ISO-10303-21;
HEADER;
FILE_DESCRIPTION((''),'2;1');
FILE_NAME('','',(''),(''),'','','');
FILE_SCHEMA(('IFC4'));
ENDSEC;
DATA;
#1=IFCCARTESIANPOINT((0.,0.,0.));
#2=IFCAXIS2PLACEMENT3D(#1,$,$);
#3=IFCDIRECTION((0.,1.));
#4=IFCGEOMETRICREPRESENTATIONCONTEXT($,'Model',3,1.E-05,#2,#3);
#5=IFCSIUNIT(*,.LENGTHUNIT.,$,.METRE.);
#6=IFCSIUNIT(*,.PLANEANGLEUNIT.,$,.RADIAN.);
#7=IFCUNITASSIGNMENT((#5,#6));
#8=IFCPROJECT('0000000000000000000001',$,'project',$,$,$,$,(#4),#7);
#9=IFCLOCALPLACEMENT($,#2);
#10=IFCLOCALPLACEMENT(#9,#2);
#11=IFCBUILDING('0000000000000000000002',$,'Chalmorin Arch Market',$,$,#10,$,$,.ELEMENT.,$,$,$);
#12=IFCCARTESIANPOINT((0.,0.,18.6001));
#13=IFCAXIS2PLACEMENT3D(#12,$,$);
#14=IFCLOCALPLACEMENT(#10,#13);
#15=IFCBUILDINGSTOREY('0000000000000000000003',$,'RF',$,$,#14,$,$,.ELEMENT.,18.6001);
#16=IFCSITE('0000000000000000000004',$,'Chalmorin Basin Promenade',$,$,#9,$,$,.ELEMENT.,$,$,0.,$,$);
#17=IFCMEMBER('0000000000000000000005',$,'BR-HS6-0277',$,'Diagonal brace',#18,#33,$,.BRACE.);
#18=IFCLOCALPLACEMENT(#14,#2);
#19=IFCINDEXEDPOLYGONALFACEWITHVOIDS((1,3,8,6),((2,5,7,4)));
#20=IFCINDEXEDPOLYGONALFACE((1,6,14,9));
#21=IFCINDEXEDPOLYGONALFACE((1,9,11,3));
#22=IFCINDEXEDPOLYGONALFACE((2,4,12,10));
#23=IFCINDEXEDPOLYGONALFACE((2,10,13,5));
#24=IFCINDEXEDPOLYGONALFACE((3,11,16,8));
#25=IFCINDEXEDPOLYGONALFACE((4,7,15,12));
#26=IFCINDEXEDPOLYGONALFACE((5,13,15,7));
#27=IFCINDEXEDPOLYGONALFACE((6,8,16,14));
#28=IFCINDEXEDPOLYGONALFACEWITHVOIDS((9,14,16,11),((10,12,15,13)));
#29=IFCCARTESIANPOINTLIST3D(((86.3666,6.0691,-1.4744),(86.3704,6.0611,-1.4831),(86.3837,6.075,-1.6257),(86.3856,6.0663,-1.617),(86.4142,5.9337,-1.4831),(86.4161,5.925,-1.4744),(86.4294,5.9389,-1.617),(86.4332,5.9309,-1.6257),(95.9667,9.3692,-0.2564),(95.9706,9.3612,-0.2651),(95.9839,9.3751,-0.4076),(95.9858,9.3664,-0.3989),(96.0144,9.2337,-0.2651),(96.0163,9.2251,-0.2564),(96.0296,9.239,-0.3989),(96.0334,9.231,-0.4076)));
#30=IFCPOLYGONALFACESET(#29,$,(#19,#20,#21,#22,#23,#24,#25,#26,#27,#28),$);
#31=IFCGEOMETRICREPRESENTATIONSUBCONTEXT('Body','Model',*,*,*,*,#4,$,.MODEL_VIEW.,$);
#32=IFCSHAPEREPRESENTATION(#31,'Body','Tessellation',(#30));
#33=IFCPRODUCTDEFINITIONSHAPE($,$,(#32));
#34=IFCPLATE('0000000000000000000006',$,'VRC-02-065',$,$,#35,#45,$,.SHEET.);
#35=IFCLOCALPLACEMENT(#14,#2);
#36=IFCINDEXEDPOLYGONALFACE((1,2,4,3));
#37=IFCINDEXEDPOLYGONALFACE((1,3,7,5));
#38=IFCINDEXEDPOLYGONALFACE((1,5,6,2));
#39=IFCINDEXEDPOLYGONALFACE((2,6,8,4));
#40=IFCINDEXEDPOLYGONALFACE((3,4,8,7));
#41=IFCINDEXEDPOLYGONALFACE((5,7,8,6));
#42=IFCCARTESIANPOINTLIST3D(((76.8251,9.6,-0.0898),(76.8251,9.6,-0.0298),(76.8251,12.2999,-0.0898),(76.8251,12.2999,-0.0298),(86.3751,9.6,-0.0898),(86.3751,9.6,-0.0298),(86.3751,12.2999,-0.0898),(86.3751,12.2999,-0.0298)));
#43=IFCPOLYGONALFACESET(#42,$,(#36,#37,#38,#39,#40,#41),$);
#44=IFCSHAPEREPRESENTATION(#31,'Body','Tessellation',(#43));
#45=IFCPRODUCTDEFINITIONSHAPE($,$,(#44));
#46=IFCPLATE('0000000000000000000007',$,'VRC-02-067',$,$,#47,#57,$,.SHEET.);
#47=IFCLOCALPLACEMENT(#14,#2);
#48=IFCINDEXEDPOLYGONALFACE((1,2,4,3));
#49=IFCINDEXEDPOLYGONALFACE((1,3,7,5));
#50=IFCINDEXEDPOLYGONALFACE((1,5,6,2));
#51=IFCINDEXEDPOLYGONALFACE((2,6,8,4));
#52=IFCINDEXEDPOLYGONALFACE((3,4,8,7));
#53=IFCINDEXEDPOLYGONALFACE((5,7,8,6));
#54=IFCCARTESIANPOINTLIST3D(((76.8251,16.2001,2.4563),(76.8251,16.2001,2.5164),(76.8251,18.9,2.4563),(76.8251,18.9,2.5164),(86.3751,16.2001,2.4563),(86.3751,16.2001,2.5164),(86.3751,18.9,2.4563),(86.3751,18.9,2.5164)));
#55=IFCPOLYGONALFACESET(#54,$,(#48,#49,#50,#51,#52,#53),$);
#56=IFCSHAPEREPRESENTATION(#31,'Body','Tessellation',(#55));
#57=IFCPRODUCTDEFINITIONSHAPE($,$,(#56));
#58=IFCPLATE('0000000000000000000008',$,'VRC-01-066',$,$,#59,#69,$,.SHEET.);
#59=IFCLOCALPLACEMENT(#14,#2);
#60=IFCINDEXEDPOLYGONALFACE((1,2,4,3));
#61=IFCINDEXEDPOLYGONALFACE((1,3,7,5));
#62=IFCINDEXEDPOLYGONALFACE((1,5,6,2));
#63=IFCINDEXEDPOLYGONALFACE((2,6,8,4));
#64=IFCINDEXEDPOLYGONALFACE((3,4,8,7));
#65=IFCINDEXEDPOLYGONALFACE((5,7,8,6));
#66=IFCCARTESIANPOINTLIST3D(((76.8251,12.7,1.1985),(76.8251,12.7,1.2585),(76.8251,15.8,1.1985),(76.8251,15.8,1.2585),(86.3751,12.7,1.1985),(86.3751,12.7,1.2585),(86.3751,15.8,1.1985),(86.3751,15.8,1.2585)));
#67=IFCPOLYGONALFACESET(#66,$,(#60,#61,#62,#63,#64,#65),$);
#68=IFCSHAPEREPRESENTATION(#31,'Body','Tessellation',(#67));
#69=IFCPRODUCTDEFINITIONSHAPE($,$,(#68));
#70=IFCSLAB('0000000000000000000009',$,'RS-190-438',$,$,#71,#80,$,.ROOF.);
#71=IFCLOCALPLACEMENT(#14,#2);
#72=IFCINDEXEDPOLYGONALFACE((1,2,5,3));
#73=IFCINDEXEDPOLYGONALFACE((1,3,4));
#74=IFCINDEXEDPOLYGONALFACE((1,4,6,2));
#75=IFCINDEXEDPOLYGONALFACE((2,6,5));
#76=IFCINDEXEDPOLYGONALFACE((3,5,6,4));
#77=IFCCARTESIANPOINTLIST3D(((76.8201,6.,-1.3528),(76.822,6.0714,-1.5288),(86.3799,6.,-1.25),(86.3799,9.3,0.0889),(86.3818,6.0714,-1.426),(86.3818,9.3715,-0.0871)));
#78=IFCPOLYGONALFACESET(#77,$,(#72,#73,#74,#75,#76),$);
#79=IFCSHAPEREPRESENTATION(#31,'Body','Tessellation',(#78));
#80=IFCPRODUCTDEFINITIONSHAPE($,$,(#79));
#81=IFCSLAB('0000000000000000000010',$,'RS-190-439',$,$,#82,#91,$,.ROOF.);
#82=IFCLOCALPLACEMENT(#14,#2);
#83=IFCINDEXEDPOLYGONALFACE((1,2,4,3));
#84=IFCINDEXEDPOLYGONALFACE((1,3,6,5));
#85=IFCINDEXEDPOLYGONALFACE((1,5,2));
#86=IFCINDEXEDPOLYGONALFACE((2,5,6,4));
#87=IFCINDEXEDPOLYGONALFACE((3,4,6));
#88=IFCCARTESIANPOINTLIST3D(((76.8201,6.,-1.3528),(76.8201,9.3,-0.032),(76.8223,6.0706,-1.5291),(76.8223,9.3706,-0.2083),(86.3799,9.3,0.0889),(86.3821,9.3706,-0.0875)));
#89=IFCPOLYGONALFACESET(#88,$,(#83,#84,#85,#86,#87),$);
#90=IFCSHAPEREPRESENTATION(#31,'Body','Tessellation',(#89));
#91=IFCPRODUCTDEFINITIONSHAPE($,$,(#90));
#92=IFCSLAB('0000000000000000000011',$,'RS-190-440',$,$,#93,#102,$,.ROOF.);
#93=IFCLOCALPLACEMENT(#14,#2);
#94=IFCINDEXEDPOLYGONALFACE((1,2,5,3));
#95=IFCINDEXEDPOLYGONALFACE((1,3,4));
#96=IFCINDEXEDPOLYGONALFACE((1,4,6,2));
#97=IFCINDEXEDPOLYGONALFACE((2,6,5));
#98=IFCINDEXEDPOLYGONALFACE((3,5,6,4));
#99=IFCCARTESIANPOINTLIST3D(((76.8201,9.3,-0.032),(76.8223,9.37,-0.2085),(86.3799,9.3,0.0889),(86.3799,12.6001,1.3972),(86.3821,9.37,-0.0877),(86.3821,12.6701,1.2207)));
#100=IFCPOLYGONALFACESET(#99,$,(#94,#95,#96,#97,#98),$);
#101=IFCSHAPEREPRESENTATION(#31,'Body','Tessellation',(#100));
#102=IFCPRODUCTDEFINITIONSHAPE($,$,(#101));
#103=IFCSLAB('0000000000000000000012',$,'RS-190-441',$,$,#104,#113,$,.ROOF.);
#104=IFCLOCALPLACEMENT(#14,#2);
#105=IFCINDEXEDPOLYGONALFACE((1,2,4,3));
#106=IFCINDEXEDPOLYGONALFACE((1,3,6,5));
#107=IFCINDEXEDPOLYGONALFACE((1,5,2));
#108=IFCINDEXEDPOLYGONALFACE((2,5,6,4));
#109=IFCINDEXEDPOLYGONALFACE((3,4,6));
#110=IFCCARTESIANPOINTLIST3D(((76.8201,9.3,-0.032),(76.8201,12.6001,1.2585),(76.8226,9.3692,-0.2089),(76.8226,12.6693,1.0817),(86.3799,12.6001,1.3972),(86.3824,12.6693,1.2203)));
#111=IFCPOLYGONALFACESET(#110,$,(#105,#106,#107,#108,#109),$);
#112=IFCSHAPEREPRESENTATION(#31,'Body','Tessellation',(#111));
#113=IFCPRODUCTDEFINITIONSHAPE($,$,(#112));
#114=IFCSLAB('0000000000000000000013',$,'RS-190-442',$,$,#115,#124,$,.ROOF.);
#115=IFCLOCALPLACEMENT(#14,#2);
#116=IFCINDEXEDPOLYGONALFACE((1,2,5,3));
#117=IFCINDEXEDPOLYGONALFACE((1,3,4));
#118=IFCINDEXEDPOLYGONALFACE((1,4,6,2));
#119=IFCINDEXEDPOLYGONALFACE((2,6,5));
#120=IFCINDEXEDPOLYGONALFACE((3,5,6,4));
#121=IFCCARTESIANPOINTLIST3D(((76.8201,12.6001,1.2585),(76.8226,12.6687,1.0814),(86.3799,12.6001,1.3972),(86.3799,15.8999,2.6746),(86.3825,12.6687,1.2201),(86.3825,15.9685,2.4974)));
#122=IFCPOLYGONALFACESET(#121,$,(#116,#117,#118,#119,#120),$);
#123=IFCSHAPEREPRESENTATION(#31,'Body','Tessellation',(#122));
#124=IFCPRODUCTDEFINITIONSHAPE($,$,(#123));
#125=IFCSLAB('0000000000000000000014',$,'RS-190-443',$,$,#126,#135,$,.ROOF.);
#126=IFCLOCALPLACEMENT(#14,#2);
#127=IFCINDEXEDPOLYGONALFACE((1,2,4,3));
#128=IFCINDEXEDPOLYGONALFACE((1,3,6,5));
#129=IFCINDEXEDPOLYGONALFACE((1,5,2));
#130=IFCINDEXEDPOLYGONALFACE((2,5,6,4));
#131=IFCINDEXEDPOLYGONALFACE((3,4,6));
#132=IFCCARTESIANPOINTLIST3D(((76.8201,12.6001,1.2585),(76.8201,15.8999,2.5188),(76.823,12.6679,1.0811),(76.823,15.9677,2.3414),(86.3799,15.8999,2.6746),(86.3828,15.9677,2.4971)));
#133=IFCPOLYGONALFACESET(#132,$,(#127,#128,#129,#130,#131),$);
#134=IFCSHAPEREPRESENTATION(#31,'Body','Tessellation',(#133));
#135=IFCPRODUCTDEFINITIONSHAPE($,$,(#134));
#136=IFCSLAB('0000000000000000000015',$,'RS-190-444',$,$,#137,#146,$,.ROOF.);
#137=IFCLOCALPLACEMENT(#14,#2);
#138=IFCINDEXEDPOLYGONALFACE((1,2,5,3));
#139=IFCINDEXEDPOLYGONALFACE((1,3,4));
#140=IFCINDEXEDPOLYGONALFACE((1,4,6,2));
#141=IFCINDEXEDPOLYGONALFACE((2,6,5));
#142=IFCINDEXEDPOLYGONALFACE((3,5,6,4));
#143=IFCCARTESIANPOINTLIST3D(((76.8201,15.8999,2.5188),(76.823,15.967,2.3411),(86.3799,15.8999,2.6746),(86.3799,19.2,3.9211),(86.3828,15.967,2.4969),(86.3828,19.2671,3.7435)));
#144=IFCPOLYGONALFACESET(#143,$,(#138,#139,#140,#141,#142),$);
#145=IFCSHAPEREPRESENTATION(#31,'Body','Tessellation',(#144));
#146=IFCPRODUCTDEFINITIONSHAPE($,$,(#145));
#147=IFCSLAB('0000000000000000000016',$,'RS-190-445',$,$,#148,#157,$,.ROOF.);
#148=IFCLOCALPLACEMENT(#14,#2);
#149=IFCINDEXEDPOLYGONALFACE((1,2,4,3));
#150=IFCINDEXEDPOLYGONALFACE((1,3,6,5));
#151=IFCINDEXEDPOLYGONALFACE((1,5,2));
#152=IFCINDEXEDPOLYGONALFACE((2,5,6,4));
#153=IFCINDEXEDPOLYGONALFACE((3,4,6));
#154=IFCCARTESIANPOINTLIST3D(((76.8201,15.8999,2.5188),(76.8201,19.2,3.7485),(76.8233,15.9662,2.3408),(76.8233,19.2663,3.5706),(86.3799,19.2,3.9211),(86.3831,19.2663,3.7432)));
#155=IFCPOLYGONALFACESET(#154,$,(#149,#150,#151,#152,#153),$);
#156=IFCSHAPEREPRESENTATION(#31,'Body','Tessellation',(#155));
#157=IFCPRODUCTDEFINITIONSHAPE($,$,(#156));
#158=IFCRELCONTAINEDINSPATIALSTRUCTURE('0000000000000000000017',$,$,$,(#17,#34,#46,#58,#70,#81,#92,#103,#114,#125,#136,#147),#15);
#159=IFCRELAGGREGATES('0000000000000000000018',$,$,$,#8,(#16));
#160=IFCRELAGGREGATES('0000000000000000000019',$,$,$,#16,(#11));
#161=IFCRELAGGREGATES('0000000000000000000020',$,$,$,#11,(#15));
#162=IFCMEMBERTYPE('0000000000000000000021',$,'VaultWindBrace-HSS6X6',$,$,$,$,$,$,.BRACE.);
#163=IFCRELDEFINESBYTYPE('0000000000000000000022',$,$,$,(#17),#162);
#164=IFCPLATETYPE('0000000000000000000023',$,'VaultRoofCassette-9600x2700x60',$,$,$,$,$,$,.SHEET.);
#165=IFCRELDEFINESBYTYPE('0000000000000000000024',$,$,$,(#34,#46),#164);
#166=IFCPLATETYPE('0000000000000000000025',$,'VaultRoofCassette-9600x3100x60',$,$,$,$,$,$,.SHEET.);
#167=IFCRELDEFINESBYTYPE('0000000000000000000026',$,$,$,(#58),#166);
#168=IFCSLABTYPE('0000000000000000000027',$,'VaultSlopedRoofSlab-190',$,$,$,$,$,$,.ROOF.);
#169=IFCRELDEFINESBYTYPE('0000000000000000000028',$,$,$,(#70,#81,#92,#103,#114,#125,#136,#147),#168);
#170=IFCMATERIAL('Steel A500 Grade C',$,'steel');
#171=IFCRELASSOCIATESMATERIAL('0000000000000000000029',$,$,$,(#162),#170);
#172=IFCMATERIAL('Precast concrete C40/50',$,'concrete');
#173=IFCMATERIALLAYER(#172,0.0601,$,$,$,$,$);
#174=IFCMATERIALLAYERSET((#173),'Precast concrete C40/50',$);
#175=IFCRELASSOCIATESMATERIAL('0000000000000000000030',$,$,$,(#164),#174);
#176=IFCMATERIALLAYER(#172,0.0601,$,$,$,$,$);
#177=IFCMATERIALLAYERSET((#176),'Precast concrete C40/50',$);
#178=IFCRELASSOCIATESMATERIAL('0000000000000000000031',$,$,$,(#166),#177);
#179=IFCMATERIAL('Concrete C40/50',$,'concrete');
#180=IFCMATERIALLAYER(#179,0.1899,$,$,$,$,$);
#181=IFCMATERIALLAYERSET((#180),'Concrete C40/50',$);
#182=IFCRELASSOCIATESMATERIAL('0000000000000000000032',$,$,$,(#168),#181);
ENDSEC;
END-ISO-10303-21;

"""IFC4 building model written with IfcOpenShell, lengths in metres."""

from ifc_helpers import new_model, si_unit, direction, frame, origin, origin_2d, place, context, subcontext, project, spatial, polyline, rectangle, hollow_rectangle, outline, extrude, material, layer, layer_set, material_profile, profile_set, type_object, element, save


model = new_model("IFC4")

# Units and contexts
model_context = context("Model", 3, precision=1e-05, world=origin(), true_north=direction((0.0, 1.0)))
body_context = subcontext(model_context, "Body", "Model", "MODEL_VIEW")
ifc_project = project(units=[si_unit("LENGTHUNIT", "METRE"), si_unit("PLANEANGLEUNIT", "RADIAN")], contexts=[model_context])

# Site, building, storey
site_placement = place(None, origin())
site = spatial("IfcSite", under=ifc_project, at=site_placement, Name="Chalmorin Basin Promenade", CompositionType="ELEMENT", RefElevation=0.0)
building_placement = place(site_placement, origin())
building = spatial("IfcBuilding", under=site, at=building_placement, Name="Chalmorin Arch Market", CompositionType="ELEMENT")
storey_placement = place(building_placement, frame((0.0, 0.0, 18.6001)))
storey = spatial("IfcBuildingStorey", under=building, at=storey_placement, Name="RF", CompositionType="ELEMENT", Elevation=18.6001)

# Shared definitions
ifc_material_1 = material(Name="Steel A500 Grade C", Category="steel")

# Member
ifc_material_profile_1 = material_profile(ifc_material_1, hollow_rectangle(XDim=0.1523, YDim=0.1523, WallThickness=0.0088, at=origin_2d()), Name="HSS6X6X3/8")
ifc_profile_set_1 = profile_set([ifc_material_profile_1], Name="Steel A500 Grade C")
member_type_1 = type_object("IfcMemberType", Name="VaultWindBrace-HSS6X6", PredefinedType="BRACE", material=ifc_profile_set_1)
member_1_placement = place(storey_placement, frame((86.3999, 6.0, -1.55), z_axis=(0.938952, 0.322766, 0.11913), x_axis=(-0.325081, 0.945686, 0.0)))
element("IfcMember", 1, at=member_1_placement, inside=storey, type_object=member_type_1, Name="BR-HS6-0277", ObjectType="Diagonal brace", PredefinedType="BRACE", context=body_context, shape_type="SweptSolid", body=[
    extrude(hollow_rectangle(XDim=0.1523, YDim=0.1523, WallThickness=0.0088, at=origin_2d()), origin(), (0.0, 0.0, 1.0), 10.2244),
])

# Plates
ifc_material_2 = material(Name="Precast concrete C40/50", Category="concrete")
ifc_layer_1 = layer(ifc_material_2, 0.0601)
ifc_layer_set_1 = layer_set([ifc_layer_1], Name="Precast concrete C40/50")
plate_type_1 = type_object("IfcPlateType", Name="VaultRoofCassette-9600x2700x60", PredefinedType="SHEET", material=ifc_layer_set_1)
for number, where, z_axis, x_axis, name in (
    (2, (81.6001, 10.95, -0.0898), (0.0, 0.0, 1.0), (1.0, 0.0, 0.0), "VRC-02-065"),
    (3, (81.6001, 17.55, 2.4563), (0.0, 0.0, 1.0), (1.0, 0.0, 0.0), "VRC-02-067"),
):
    element("IfcPlate", number, at=place(storey_placement, frame(where, z_axis=z_axis, x_axis=x_axis)), inside=storey, type_object=plate_type_1, Name=name, PredefinedType="SHEET", context=body_context, shape_type="SweptSolid", body=[
        extrude(rectangle(XDim=9.55, YDim=2.7, at=origin_2d()), origin(), (0.0, 0.0, 1.0), 0.0601),
    ])
ifc_layer_2 = layer(ifc_material_2, 0.0601)
ifc_layer_set_2 = layer_set([ifc_layer_2], Name="Precast concrete C40/50")
plate_type_2 = type_object("IfcPlateType", Name="VaultRoofCassette-9600x3100x60", PredefinedType="SHEET", material=ifc_layer_set_2)
plate_placement = place(storey_placement, frame((81.6001, 14.25, 1.1985), z_axis=(0.0, 0.0, 1.0), x_axis=(1.0, 0.0, 0.0)))
element("IfcPlate", 4, at=plate_placement, inside=storey, type_object=plate_type_2, Name="VRC-01-066", PredefinedType="SHEET", context=body_context, shape_type="SweptSolid", body=[
    extrude(rectangle(XDim=9.55, YDim=3.1001, at=origin_2d()), origin(), (0.0, 0.0, 1.0), 0.0601),
])

# Slabs
ifc_material_3 = material(Name="Concrete C40/50", Category="concrete")
ifc_layer_3 = layer(ifc_material_3, 0.1899)
ifc_layer_set_3 = layer_set([ifc_layer_3], Name="Concrete C40/50")
slab_type = type_object("IfcSlabType", Name="VaultSlopedRoofSlab-190", PredefinedType="ROOF", material=ifc_layer_set_3)
slab_1_placement = place(storey_placement, frame((76.8201, 6.0, -1.3528), z_axis=(-0.009962, -0.37593, 0.926595), x_axis=(0.999942, 0.0, 0.010751)))
element("IfcSlab", 5, at=slab_1_placement, inside=storey, type_object=slab_type, Name="RS-190-438", PredefinedType="ROOF", context=body_context, shape_type="SweptSolid", body=[
    extrude(outline(polyline([(0.0, 0.0), (9.5604, 0.0), (9.5748, 3.5613), (0.0, 0.0)])), origin(), (0.0, 0.0, -1.0), 0.1899),
])
slab_2_placement = place(storey_placement, frame((76.8201, 6.0, -1.3528), z_axis=(-0.011735, -0.371555, 0.928337), x_axis=(0.935804, 0.32304, 0.141122)))
element("IfcSlab", 6, at=slab_2_placement, inside=storey, type_object=slab_type, Name="RS-190-439", PredefinedType="ROOF", context=body_context, shape_type="SweptSolid", body=[
    extrude(outline(polyline([(0.0, 0.0), (10.2156, 0.0), (1.2524, 3.3266), (0.0, 0.0)])), origin(), (0.0, 0.0, -1.0), 0.1899),
])
slab_3_placement = place(storey_placement, frame((76.8201, 9.3, -0.032), z_axis=(-0.011751, -0.36853, 0.929542), x_axis=(0.99992, 0.0, 0.01264)))
element("IfcSlab", 7, at=slab_3_placement, inside=storey, type_object=slab_type, Name="RS-190-440", PredefinedType="ROOF", context=body_context, shape_type="SweptSolid", body=[
    extrude(outline(polyline([(0.0, 0.0), (9.5606, 0.0), (9.5771, 3.5499), (0.0, 0.0)])), origin(), (0.0, 0.0, -1.0), 0.1899),
])
slab_4_placement = place(storey_placement, frame((76.8201, 9.3, -0.032), z_axis=(-0.013508, -0.364171, 0.931234), x_axis=(0.935965, 0.323095, 0.139927)))
element("IfcSlab", 8, at=slab_4_placement, inside=storey, type_object=slab_type, Name="RS-190-441", PredefinedType="ROOF", context=body_context, shape_type="SweptSolid", body=[
    extrude(outline(polyline([(0.0, 0.0), (10.2139, 0.0), (1.2468, 3.3168), (0.0, 0.0)])), origin(), (0.0, 0.0, -1.0), 0.1899),
])
slab_5_placement = place(storey_placement, frame((76.8201, 12.6001, 1.2585), z_axis=(-0.013526, -0.360961, 0.932483), x_axis=(0.999895, 0.0, 0.014504)))
element("IfcSlab", 9, at=slab_5_placement, inside=storey, type_object=slab_type, Name="RS-190-442", PredefinedType="ROOF", context=body_context, shape_type="SweptSolid", body=[
    extrude(outline(polyline([(0.0, 0.0), (9.5608, 0.0), (9.5793, 3.5384), (0.0, 0.0)])), origin(), (0.0, 0.0, -1.0), 0.1899),
])
slab_6_placement = place(storey_placement, frame((76.8201, 12.6001, 1.2585), z_axis=(-0.015219, -0.356741, 0.934079), x_axis=(0.93614, 0.323132, 0.138663)))
element("IfcSlab", 10, at=slab_6_placement, inside=storey, type_object=slab_type, Name="RS-190-443", PredefinedType="ROOF", context=body_context, shape_type="SweptSolid", body=[
    extrude(outline(polyline([(0.0, 0.0), (10.2119, 0.0), (1.241, 3.3071), (0.0, 0.0)])), origin(), (0.0, 0.0, -1.0), 0.1899),
])
slab_7_placement = place(storey_placement, frame((76.8201, 15.8999, 2.5188), z_axis=(-0.01524, -0.353334, 0.935373), x_axis=(0.999867, 0.0, 0.016291)))
element("IfcSlab", 11, at=slab_7_placement, inside=storey, type_object=slab_type, Name="RS-190-444", PredefinedType="ROOF", context=body_context, shape_type="SweptSolid", body=[
    extrude(outline(polyline([(0.0, 0.0), (9.5611, 0.0), (9.5814, 3.5276), (0.0, 0.0)])), origin(), (0.0, 0.0, -1.0), 0.1899),
])
slab_8_placement = place(storey_placement, frame((76.8201, 15.8999, 2.5188), z_axis=(-0.016917, -0.349135, 0.93692), x_axis=(0.936306, 0.323213, 0.137348)))
element("IfcSlab", 12, at=slab_8_placement, inside=storey, type_object=slab_type, Name="RS-190-445", PredefinedType="ROOF", context=body_context, shape_type="SweptSolid", body=[
    extrude(outline(polyline([(0.0, 0.0), (10.2101, 0.0), (1.2355, 3.2979), (0.0, 0.0)])), origin(), (0.0, 0.0, -1.0), 0.1899),
])

save(model, "model.ifc")
